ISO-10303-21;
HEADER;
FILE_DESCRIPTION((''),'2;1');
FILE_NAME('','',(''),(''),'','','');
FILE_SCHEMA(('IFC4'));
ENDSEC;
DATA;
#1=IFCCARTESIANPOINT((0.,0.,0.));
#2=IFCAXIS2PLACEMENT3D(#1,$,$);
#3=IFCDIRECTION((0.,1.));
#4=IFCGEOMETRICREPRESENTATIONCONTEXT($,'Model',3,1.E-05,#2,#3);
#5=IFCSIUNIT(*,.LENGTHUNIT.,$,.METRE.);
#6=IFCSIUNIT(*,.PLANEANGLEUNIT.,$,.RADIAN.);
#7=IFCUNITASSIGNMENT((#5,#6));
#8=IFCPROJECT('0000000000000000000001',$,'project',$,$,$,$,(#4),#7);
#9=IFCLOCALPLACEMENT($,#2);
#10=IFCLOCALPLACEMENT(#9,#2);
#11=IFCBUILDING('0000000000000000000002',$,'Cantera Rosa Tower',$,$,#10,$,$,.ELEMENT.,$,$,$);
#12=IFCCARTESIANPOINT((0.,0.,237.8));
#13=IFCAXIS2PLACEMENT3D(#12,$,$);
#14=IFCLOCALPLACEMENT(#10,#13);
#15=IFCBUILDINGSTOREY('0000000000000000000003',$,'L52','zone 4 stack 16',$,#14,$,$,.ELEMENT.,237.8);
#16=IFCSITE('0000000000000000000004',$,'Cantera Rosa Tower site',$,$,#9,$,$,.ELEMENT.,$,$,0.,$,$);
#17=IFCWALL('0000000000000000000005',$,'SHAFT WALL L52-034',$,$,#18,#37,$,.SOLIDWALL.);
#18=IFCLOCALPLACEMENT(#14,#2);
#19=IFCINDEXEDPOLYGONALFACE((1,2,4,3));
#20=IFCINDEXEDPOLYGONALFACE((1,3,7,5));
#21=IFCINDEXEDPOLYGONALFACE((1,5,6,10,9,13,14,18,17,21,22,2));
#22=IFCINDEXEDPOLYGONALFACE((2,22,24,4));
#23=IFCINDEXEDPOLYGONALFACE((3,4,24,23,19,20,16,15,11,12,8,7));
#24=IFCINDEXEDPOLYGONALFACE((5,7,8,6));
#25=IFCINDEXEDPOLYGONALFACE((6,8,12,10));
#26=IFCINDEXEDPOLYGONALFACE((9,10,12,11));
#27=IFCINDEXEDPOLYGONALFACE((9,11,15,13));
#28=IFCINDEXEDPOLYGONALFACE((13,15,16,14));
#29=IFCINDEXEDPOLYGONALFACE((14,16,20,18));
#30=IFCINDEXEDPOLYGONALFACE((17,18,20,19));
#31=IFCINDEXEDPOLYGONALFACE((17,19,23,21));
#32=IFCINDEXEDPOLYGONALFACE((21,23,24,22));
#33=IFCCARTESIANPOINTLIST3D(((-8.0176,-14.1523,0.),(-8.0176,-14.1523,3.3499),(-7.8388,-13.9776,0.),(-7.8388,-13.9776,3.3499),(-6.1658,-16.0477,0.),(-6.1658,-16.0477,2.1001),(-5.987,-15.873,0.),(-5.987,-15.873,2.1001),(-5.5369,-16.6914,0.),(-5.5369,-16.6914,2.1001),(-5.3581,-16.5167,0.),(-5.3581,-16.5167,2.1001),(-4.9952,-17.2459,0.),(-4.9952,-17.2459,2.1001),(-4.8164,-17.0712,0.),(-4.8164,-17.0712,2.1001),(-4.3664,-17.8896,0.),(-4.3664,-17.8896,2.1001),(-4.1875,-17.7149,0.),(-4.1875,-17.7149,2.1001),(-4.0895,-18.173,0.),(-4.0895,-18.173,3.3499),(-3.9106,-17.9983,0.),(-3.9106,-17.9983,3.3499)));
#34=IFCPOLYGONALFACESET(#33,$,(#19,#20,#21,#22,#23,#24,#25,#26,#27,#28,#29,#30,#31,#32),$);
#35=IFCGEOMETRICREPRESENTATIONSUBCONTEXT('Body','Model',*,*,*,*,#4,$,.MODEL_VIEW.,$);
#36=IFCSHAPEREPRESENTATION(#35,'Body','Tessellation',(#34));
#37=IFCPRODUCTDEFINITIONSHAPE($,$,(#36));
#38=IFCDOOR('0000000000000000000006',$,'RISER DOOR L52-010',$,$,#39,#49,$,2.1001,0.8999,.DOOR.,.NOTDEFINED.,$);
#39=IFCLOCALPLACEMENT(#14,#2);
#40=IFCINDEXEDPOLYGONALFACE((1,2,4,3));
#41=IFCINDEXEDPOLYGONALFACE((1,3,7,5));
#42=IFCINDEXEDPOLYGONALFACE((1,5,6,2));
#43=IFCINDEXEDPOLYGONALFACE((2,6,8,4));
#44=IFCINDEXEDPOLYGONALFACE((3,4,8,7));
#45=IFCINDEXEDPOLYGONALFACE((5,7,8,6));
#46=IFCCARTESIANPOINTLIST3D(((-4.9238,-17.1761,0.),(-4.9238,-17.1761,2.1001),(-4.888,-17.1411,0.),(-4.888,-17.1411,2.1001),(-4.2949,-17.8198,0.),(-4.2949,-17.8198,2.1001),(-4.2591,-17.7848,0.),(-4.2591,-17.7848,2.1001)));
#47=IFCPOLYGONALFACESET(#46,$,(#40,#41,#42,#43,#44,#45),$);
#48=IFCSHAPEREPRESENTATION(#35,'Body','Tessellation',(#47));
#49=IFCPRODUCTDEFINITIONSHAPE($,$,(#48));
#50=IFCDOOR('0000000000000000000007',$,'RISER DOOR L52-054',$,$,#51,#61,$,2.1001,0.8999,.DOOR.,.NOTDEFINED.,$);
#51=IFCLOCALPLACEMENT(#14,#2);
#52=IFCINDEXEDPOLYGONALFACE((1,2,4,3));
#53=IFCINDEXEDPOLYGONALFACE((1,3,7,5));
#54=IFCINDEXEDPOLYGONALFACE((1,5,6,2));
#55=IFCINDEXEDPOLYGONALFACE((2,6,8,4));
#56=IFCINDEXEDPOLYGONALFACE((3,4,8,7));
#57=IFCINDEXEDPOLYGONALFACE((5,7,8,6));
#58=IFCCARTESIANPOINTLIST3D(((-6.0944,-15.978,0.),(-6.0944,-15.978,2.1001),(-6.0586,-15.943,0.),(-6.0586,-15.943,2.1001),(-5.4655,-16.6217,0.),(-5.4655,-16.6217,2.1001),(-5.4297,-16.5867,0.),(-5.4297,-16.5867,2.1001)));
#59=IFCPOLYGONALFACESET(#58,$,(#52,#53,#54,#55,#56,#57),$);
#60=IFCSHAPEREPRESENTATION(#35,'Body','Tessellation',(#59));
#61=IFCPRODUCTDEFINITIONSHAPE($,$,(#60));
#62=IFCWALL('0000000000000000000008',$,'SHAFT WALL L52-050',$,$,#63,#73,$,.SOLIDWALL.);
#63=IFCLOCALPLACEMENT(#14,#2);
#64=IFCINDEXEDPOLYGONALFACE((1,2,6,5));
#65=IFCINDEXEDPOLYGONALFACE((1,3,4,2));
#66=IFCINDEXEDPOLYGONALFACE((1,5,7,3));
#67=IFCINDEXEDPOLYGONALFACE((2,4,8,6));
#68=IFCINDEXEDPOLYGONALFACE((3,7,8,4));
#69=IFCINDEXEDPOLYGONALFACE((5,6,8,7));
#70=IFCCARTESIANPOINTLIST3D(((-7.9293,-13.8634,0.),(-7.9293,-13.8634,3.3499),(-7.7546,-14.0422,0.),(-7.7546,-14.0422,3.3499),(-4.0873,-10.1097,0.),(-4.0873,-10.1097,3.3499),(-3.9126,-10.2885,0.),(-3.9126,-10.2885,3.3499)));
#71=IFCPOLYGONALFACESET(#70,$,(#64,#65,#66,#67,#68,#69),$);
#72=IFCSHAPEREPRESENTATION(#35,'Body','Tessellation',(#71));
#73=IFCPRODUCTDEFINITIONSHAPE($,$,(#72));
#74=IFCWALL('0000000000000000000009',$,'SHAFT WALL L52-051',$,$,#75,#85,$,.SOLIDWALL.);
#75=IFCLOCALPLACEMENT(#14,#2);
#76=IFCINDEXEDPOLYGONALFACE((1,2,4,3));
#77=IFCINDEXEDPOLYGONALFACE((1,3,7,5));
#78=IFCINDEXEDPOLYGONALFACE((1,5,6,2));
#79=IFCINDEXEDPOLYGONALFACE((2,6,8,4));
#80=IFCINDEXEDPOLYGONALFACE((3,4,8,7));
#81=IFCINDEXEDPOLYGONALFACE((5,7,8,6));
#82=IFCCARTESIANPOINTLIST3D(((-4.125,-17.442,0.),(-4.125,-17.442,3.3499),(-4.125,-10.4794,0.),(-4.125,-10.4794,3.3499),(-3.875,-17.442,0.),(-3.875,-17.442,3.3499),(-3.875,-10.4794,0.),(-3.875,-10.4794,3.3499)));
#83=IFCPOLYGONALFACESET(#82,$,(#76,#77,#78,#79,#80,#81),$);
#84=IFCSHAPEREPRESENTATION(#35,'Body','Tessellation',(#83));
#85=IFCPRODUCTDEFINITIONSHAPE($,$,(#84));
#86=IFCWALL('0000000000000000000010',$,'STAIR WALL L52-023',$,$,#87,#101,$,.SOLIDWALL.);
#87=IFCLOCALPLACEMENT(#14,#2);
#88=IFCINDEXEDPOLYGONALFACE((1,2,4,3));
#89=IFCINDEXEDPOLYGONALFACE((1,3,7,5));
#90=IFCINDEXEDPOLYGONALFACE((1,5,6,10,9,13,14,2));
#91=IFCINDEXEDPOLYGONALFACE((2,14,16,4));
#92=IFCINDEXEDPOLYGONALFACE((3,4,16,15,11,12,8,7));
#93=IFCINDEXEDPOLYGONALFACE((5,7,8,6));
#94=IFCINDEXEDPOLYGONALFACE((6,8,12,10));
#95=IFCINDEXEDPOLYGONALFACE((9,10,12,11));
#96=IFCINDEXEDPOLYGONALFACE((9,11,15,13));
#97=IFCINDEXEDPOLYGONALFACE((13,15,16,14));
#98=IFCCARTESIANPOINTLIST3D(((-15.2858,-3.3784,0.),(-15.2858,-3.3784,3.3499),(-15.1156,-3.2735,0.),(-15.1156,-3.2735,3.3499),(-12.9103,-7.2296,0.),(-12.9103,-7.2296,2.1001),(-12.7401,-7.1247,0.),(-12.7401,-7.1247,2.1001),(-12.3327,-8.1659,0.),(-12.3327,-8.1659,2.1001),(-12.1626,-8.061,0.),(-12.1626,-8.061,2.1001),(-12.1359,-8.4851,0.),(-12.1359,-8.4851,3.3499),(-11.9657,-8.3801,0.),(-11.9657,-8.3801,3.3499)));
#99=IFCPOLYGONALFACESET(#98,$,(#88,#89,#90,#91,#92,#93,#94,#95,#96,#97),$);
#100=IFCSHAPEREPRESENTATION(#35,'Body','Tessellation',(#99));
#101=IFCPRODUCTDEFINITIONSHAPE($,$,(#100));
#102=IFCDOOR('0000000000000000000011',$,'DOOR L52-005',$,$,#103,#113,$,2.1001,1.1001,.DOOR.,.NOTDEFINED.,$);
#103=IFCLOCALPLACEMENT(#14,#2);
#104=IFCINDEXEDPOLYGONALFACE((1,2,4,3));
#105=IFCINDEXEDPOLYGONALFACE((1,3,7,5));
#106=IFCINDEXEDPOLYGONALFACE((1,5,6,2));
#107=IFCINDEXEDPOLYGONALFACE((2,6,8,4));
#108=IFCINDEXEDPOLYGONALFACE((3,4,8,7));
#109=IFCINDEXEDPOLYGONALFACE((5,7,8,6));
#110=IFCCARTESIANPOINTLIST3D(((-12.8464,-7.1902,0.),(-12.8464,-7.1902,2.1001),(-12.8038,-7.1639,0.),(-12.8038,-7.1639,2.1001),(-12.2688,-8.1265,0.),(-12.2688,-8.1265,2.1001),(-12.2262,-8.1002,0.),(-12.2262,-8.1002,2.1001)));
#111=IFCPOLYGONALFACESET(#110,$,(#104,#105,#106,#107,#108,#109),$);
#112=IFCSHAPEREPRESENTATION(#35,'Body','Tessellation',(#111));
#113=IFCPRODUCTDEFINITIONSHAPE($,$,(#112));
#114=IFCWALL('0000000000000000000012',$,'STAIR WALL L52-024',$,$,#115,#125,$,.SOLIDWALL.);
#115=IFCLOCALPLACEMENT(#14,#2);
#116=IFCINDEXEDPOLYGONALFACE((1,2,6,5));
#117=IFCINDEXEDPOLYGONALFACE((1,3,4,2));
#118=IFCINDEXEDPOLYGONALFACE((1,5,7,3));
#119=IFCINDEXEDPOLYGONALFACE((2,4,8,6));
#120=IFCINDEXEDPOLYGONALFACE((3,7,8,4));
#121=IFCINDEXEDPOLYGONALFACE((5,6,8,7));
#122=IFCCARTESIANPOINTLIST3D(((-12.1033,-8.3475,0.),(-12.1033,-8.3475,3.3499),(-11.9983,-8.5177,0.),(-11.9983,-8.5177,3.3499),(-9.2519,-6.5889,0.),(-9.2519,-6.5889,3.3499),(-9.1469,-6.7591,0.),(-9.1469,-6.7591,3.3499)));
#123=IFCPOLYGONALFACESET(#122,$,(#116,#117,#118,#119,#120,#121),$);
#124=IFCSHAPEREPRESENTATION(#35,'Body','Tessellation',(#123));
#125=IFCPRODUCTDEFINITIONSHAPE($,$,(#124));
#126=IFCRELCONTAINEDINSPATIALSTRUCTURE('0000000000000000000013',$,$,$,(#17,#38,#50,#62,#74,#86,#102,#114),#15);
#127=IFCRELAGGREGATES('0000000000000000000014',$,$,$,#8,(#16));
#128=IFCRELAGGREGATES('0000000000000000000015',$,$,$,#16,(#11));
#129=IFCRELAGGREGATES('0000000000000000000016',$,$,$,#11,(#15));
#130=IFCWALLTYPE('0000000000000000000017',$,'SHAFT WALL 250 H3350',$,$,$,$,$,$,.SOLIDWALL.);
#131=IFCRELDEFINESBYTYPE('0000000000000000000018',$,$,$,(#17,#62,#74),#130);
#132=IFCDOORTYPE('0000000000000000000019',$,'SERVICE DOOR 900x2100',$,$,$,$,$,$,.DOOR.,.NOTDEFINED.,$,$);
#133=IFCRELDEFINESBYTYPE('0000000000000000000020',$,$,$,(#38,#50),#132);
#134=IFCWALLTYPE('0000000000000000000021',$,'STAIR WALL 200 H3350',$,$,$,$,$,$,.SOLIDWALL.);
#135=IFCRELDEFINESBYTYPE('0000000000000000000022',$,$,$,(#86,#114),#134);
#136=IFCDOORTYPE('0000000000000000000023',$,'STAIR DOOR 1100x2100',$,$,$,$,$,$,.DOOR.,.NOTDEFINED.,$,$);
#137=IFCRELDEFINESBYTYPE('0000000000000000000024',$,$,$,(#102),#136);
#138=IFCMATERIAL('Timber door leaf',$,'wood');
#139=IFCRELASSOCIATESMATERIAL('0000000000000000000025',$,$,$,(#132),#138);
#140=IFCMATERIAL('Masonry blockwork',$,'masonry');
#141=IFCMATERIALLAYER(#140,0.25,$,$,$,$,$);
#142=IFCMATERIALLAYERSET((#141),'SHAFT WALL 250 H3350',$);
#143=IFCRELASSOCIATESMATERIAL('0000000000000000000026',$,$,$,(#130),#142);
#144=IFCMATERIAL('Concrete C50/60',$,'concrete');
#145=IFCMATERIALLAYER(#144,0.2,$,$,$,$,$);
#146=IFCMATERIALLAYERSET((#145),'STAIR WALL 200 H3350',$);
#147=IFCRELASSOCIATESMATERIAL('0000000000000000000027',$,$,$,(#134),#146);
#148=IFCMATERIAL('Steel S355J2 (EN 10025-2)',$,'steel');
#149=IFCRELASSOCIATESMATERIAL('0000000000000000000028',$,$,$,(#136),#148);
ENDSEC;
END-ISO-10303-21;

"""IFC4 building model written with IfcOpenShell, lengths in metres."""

from ifc_helpers import new_model, si_unit, direction, frame, frame_2d, origin, place, context, subcontext, project, spatial, rectangle, extrude, material, layer, layer_set, type_object, element, fill, save


model = new_model("IFC4")

# Units and contexts
model_context = context("Model", 3, precision=1e-05, world=origin(), true_north=direction((0.0, 1.0)))
body_context = subcontext(model_context, "Body", "Model", "MODEL_VIEW")
ifc_project = project(units=[si_unit("LENGTHUNIT", "METRE"), si_unit("PLANEANGLEUNIT", "RADIAN")], contexts=[model_context])

# Site, building, storey
site_placement = place(None, origin())
site = spatial("IfcSite", under=ifc_project, at=site_placement, Name="Cantera Rosa Tower site", CompositionType="ELEMENT", RefElevation=0.0)
building_placement = place(site_placement, origin())
building = spatial("IfcBuilding", under=site, at=building_placement, Name="Cantera Rosa Tower", CompositionType="ELEMENT")
storey_placement = place(building_placement, frame((0.0, 0.0, 237.8)))
storey = spatial("IfcBuildingStorey", under=building, at=storey_placement, Name="L52", Description="zone 4 stack 16", CompositionType="ELEMENT", Elevation=237.8)

# Shared definitions
ifc_material_1 = material(Name="Timber door leaf", Category="wood")
door_type_1 = type_object("IfcDoorType", Name="SERVICE DOOR 900x2100", OperationType="NOTDEFINED", PredefinedType="DOOR", material=ifc_material_1)

# Wall, openings, doors
ifc_material_2 = material(Name="Masonry blockwork", Category="masonry")
ifc_layer_1 = layer(ifc_material_2, 0.25)
ifc_layer_set_1 = layer_set([ifc_layer_1], Name="SHAFT WALL 250 H3350")
wall_type_1 = type_object("IfcWallType", Name="SHAFT WALL 250 H3350", PredefinedType="SOLIDWALL", material=ifc_layer_set_1)
wall_1_placement = place(storey_placement, frame((-7.9282, -14.0649, 0.0), z_axis=(0.0, 0.0, 1.0), x_axis=(0.698828, -0.715289, 0.0)))
wall_1 = element("IfcWall", 1, at=wall_1_placement, inside=storey, type_object=wall_type_1, Name="SHAFT WALL L52-034", PredefinedType="SOLIDWALL", context=body_context, shape_type="SweptSolid", body=[
    extrude(rectangle(XDim=5.6211, YDim=0.25, at=frame_2d((2.8105, 0.0))), origin(), (0.0, 0.0, 1.0), 3.3499),
])
opening_1_placement = place(wall_1_placement, frame((4.325, 0.0, 0.0)))
opening_1 = element("IfcOpeningElement", 2, at=opening_1_placement, cuts=wall_1, PredefinedType="OPENING", context=body_context, shape_type="SweptSolid", body=[
    extrude(rectangle(XDim=0.8999, YDim=2.1001, at=frame_2d((0.45, 1.05))), frame((0.0, 0.135, 0.0), z_axis=(0.0, -1.0, 0.0), x_axis=(1.0, 0.0, 0.0)), (0.0, 0.0, 1.0), 0.27),
])
opening_2_placement = place(wall_1_placement, frame((2.6499, 0.0, 0.0)))
opening_2 = element("IfcOpeningElement", 3, at=opening_2_placement, cuts=wall_1, PredefinedType="OPENING", context=body_context, shape_type="SweptSolid", body=[
    extrude(rectangle(XDim=0.8999, YDim=2.1001, at=frame_2d((0.45, 1.05))), frame((0.0, 0.135, 0.0), z_axis=(0.0, -1.0, 0.0), x_axis=(1.0, 0.0, 0.0)), (0.0, 0.0, 1.0), 0.27),
])
door_1_placement = place(opening_1_placement, origin())
door_1 = element("IfcDoor", 4, at=door_1_placement, inside=storey, type_object=door_type_1, Name="RISER DOOR L52-010", OperationType="NOTDEFINED", OverallHeight=2.1001, OverallWidth=0.8999, PredefinedType="DOOR", context=body_context, shape_type="SweptSolid", body=[
    extrude(rectangle(XDim=0.8999, YDim=2.1001, at=frame_2d((0.45, 1.05))), frame((0.0, 0.0249, 0.0), z_axis=(0.0, -1.0, 0.0), x_axis=(1.0, 0.0, 0.0)), (0.0, 0.0, 1.0), 0.05),
])
fill(opening_1, door_1)
door_2_placement = place(opening_2_placement, origin())
door_2 = element("IfcDoor", 5, at=door_2_placement, inside=storey, type_object=door_type_1, Name="RISER DOOR L52-054", OperationType="NOTDEFINED", OverallHeight=2.1001, OverallWidth=0.8999, PredefinedType="DOOR", context=body_context, shape_type="SweptSolid", body=[
    extrude(rectangle(XDim=0.8999, YDim=2.1001, at=frame_2d((0.45, 1.05))), frame((0.0, 0.0249, 0.0), z_axis=(0.0, -1.0, 0.0), x_axis=(1.0, 0.0, 0.0)), (0.0, 0.0, 1.0), 0.05),
])
fill(opening_2, door_2)

# Walls
wall_2_placement = place(storey_placement, frame((-4.0, -10.1992, 0.0), z_axis=(0.0, 0.0, 1.0), x_axis=(-0.715286, -0.698832, 0.0)))
element("IfcWall", 6, at=wall_2_placement, inside=storey, type_object=wall_type_1, Name="SHAFT WALL L52-050", PredefinedType="SOLIDWALL", context=body_context, shape_type="SweptSolid", body=[
    extrude(rectangle(XDim=5.3713, YDim=0.25, at=frame_2d((2.6855, 0.0))), origin(), (0.0, 0.0, 1.0), 3.3499),
])
wall_3_placement = place(storey_placement, frame((-4.0, -10.4792, 0.0), z_axis=(0.0, 0.0, 1.0), x_axis=(0.0, -1.0, 0.0)))
element("IfcWall", 7, at=wall_3_placement, inside=storey, type_object=wall_type_1, Name="SHAFT WALL L52-051", PredefinedType="SOLIDWALL", context=body_context, shape_type="SweptSolid", body=[
    extrude(rectangle(XDim=6.9626, YDim=0.25, at=frame_2d((3.4814, 0.0))), origin(), (0.0, 0.0, 1.0), 3.3499),
])

# Wall, opening, door
ifc_material_3 = material(Name="Concrete C50/60", Category="concrete")
ifc_layer_2 = layer(ifc_material_3, 0.2)
ifc_layer_set_2 = layer_set([ifc_layer_2], Name="STAIR WALL 200 H3350")
wall_type_2 = type_object("IfcWallType", Name="STAIR WALL 200 H3350", PredefinedType="SOLIDWALL", material=ifc_layer_set_2)
wall_4_placement = place(storey_placement, frame((-12.0508, -8.4326, 0.0), z_axis=(0.0, 0.0, 1.0), x_axis=(-0.524983, 0.851113, 0.0)))
wall_4 = element("IfcWall", 8, at=wall_4_placement, inside=storey, type_object=wall_type_2, Name="STAIR WALL L52-023", PredefinedType="SOLIDWALL", context=body_context, shape_type="SweptSolid", body=[
    extrude(rectangle(XDim=6.0, YDim=0.2, at=frame_2d((3.0, 0.0))), origin(), (0.0, 0.0, 1.0), 3.3499),
])
opening_3_placement = place(wall_4_placement, frame((0.375, 0.0, 0.0)))
opening_3 = element("IfcOpeningElement", 9, at=opening_3_placement, cuts=wall_4, PredefinedType="OPENING", context=body_context, shape_type="SweptSolid", body=[
    extrude(rectangle(XDim=1.1001, YDim=2.1001, at=frame_2d((0.55, 1.05))), frame((0.0, 0.1099, 0.0), z_axis=(0.0, -1.0, 0.0), x_axis=(1.0, 0.0, 0.0)), (0.0, 0.0, 1.0), 0.22),
])
ifc_material_4 = material(Name="Steel S355J2 (EN 10025-2)", Category="steel")
door_type_2 = type_object("IfcDoorType", Name="STAIR DOOR 1100x2100", OperationType="NOTDEFINED", PredefinedType="DOOR", material=ifc_material_4)
door_3_placement = place(opening_3_placement, origin())
door_3 = element("IfcDoor", 10, at=door_3_placement, inside=storey, type_object=door_type_2, Name="DOOR L52-005", OperationType="NOTDEFINED", OverallHeight=2.1001, OverallWidth=1.1001, PredefinedType="DOOR", context=body_context, shape_type="SweptSolid", body=[
    extrude(rectangle(XDim=1.1001, YDim=2.1001, at=frame_2d((0.55, 1.05))), frame((0.0, 0.0249, 0.0), z_axis=(0.0, -1.0, 0.0), x_axis=(1.0, 0.0, 0.0)), (0.0, 0.0, 1.0), 0.05),
])
fill(opening_3, door_3)

# Wall
wall_5_placement = place(storey_placement, frame((-12.0508, -8.4326, 0.0), z_axis=(0.0, 0.0, 1.0), x_axis=(0.85114, 0.524939, 0.0)))
element("IfcWall", 11, at=wall_5_placement, inside=storey, type_object=wall_type_2, Name="STAIR WALL L52-024", PredefinedType="SOLIDWALL", context=body_context, shape_type="SweptSolid", body=[
    extrude(rectangle(XDim=3.3501, YDim=0.2, at=frame_2d((1.675, 0.0))), origin(), (0.0, 0.0, 1.0), 3.3499),
])

save(model, "model.ifc")
